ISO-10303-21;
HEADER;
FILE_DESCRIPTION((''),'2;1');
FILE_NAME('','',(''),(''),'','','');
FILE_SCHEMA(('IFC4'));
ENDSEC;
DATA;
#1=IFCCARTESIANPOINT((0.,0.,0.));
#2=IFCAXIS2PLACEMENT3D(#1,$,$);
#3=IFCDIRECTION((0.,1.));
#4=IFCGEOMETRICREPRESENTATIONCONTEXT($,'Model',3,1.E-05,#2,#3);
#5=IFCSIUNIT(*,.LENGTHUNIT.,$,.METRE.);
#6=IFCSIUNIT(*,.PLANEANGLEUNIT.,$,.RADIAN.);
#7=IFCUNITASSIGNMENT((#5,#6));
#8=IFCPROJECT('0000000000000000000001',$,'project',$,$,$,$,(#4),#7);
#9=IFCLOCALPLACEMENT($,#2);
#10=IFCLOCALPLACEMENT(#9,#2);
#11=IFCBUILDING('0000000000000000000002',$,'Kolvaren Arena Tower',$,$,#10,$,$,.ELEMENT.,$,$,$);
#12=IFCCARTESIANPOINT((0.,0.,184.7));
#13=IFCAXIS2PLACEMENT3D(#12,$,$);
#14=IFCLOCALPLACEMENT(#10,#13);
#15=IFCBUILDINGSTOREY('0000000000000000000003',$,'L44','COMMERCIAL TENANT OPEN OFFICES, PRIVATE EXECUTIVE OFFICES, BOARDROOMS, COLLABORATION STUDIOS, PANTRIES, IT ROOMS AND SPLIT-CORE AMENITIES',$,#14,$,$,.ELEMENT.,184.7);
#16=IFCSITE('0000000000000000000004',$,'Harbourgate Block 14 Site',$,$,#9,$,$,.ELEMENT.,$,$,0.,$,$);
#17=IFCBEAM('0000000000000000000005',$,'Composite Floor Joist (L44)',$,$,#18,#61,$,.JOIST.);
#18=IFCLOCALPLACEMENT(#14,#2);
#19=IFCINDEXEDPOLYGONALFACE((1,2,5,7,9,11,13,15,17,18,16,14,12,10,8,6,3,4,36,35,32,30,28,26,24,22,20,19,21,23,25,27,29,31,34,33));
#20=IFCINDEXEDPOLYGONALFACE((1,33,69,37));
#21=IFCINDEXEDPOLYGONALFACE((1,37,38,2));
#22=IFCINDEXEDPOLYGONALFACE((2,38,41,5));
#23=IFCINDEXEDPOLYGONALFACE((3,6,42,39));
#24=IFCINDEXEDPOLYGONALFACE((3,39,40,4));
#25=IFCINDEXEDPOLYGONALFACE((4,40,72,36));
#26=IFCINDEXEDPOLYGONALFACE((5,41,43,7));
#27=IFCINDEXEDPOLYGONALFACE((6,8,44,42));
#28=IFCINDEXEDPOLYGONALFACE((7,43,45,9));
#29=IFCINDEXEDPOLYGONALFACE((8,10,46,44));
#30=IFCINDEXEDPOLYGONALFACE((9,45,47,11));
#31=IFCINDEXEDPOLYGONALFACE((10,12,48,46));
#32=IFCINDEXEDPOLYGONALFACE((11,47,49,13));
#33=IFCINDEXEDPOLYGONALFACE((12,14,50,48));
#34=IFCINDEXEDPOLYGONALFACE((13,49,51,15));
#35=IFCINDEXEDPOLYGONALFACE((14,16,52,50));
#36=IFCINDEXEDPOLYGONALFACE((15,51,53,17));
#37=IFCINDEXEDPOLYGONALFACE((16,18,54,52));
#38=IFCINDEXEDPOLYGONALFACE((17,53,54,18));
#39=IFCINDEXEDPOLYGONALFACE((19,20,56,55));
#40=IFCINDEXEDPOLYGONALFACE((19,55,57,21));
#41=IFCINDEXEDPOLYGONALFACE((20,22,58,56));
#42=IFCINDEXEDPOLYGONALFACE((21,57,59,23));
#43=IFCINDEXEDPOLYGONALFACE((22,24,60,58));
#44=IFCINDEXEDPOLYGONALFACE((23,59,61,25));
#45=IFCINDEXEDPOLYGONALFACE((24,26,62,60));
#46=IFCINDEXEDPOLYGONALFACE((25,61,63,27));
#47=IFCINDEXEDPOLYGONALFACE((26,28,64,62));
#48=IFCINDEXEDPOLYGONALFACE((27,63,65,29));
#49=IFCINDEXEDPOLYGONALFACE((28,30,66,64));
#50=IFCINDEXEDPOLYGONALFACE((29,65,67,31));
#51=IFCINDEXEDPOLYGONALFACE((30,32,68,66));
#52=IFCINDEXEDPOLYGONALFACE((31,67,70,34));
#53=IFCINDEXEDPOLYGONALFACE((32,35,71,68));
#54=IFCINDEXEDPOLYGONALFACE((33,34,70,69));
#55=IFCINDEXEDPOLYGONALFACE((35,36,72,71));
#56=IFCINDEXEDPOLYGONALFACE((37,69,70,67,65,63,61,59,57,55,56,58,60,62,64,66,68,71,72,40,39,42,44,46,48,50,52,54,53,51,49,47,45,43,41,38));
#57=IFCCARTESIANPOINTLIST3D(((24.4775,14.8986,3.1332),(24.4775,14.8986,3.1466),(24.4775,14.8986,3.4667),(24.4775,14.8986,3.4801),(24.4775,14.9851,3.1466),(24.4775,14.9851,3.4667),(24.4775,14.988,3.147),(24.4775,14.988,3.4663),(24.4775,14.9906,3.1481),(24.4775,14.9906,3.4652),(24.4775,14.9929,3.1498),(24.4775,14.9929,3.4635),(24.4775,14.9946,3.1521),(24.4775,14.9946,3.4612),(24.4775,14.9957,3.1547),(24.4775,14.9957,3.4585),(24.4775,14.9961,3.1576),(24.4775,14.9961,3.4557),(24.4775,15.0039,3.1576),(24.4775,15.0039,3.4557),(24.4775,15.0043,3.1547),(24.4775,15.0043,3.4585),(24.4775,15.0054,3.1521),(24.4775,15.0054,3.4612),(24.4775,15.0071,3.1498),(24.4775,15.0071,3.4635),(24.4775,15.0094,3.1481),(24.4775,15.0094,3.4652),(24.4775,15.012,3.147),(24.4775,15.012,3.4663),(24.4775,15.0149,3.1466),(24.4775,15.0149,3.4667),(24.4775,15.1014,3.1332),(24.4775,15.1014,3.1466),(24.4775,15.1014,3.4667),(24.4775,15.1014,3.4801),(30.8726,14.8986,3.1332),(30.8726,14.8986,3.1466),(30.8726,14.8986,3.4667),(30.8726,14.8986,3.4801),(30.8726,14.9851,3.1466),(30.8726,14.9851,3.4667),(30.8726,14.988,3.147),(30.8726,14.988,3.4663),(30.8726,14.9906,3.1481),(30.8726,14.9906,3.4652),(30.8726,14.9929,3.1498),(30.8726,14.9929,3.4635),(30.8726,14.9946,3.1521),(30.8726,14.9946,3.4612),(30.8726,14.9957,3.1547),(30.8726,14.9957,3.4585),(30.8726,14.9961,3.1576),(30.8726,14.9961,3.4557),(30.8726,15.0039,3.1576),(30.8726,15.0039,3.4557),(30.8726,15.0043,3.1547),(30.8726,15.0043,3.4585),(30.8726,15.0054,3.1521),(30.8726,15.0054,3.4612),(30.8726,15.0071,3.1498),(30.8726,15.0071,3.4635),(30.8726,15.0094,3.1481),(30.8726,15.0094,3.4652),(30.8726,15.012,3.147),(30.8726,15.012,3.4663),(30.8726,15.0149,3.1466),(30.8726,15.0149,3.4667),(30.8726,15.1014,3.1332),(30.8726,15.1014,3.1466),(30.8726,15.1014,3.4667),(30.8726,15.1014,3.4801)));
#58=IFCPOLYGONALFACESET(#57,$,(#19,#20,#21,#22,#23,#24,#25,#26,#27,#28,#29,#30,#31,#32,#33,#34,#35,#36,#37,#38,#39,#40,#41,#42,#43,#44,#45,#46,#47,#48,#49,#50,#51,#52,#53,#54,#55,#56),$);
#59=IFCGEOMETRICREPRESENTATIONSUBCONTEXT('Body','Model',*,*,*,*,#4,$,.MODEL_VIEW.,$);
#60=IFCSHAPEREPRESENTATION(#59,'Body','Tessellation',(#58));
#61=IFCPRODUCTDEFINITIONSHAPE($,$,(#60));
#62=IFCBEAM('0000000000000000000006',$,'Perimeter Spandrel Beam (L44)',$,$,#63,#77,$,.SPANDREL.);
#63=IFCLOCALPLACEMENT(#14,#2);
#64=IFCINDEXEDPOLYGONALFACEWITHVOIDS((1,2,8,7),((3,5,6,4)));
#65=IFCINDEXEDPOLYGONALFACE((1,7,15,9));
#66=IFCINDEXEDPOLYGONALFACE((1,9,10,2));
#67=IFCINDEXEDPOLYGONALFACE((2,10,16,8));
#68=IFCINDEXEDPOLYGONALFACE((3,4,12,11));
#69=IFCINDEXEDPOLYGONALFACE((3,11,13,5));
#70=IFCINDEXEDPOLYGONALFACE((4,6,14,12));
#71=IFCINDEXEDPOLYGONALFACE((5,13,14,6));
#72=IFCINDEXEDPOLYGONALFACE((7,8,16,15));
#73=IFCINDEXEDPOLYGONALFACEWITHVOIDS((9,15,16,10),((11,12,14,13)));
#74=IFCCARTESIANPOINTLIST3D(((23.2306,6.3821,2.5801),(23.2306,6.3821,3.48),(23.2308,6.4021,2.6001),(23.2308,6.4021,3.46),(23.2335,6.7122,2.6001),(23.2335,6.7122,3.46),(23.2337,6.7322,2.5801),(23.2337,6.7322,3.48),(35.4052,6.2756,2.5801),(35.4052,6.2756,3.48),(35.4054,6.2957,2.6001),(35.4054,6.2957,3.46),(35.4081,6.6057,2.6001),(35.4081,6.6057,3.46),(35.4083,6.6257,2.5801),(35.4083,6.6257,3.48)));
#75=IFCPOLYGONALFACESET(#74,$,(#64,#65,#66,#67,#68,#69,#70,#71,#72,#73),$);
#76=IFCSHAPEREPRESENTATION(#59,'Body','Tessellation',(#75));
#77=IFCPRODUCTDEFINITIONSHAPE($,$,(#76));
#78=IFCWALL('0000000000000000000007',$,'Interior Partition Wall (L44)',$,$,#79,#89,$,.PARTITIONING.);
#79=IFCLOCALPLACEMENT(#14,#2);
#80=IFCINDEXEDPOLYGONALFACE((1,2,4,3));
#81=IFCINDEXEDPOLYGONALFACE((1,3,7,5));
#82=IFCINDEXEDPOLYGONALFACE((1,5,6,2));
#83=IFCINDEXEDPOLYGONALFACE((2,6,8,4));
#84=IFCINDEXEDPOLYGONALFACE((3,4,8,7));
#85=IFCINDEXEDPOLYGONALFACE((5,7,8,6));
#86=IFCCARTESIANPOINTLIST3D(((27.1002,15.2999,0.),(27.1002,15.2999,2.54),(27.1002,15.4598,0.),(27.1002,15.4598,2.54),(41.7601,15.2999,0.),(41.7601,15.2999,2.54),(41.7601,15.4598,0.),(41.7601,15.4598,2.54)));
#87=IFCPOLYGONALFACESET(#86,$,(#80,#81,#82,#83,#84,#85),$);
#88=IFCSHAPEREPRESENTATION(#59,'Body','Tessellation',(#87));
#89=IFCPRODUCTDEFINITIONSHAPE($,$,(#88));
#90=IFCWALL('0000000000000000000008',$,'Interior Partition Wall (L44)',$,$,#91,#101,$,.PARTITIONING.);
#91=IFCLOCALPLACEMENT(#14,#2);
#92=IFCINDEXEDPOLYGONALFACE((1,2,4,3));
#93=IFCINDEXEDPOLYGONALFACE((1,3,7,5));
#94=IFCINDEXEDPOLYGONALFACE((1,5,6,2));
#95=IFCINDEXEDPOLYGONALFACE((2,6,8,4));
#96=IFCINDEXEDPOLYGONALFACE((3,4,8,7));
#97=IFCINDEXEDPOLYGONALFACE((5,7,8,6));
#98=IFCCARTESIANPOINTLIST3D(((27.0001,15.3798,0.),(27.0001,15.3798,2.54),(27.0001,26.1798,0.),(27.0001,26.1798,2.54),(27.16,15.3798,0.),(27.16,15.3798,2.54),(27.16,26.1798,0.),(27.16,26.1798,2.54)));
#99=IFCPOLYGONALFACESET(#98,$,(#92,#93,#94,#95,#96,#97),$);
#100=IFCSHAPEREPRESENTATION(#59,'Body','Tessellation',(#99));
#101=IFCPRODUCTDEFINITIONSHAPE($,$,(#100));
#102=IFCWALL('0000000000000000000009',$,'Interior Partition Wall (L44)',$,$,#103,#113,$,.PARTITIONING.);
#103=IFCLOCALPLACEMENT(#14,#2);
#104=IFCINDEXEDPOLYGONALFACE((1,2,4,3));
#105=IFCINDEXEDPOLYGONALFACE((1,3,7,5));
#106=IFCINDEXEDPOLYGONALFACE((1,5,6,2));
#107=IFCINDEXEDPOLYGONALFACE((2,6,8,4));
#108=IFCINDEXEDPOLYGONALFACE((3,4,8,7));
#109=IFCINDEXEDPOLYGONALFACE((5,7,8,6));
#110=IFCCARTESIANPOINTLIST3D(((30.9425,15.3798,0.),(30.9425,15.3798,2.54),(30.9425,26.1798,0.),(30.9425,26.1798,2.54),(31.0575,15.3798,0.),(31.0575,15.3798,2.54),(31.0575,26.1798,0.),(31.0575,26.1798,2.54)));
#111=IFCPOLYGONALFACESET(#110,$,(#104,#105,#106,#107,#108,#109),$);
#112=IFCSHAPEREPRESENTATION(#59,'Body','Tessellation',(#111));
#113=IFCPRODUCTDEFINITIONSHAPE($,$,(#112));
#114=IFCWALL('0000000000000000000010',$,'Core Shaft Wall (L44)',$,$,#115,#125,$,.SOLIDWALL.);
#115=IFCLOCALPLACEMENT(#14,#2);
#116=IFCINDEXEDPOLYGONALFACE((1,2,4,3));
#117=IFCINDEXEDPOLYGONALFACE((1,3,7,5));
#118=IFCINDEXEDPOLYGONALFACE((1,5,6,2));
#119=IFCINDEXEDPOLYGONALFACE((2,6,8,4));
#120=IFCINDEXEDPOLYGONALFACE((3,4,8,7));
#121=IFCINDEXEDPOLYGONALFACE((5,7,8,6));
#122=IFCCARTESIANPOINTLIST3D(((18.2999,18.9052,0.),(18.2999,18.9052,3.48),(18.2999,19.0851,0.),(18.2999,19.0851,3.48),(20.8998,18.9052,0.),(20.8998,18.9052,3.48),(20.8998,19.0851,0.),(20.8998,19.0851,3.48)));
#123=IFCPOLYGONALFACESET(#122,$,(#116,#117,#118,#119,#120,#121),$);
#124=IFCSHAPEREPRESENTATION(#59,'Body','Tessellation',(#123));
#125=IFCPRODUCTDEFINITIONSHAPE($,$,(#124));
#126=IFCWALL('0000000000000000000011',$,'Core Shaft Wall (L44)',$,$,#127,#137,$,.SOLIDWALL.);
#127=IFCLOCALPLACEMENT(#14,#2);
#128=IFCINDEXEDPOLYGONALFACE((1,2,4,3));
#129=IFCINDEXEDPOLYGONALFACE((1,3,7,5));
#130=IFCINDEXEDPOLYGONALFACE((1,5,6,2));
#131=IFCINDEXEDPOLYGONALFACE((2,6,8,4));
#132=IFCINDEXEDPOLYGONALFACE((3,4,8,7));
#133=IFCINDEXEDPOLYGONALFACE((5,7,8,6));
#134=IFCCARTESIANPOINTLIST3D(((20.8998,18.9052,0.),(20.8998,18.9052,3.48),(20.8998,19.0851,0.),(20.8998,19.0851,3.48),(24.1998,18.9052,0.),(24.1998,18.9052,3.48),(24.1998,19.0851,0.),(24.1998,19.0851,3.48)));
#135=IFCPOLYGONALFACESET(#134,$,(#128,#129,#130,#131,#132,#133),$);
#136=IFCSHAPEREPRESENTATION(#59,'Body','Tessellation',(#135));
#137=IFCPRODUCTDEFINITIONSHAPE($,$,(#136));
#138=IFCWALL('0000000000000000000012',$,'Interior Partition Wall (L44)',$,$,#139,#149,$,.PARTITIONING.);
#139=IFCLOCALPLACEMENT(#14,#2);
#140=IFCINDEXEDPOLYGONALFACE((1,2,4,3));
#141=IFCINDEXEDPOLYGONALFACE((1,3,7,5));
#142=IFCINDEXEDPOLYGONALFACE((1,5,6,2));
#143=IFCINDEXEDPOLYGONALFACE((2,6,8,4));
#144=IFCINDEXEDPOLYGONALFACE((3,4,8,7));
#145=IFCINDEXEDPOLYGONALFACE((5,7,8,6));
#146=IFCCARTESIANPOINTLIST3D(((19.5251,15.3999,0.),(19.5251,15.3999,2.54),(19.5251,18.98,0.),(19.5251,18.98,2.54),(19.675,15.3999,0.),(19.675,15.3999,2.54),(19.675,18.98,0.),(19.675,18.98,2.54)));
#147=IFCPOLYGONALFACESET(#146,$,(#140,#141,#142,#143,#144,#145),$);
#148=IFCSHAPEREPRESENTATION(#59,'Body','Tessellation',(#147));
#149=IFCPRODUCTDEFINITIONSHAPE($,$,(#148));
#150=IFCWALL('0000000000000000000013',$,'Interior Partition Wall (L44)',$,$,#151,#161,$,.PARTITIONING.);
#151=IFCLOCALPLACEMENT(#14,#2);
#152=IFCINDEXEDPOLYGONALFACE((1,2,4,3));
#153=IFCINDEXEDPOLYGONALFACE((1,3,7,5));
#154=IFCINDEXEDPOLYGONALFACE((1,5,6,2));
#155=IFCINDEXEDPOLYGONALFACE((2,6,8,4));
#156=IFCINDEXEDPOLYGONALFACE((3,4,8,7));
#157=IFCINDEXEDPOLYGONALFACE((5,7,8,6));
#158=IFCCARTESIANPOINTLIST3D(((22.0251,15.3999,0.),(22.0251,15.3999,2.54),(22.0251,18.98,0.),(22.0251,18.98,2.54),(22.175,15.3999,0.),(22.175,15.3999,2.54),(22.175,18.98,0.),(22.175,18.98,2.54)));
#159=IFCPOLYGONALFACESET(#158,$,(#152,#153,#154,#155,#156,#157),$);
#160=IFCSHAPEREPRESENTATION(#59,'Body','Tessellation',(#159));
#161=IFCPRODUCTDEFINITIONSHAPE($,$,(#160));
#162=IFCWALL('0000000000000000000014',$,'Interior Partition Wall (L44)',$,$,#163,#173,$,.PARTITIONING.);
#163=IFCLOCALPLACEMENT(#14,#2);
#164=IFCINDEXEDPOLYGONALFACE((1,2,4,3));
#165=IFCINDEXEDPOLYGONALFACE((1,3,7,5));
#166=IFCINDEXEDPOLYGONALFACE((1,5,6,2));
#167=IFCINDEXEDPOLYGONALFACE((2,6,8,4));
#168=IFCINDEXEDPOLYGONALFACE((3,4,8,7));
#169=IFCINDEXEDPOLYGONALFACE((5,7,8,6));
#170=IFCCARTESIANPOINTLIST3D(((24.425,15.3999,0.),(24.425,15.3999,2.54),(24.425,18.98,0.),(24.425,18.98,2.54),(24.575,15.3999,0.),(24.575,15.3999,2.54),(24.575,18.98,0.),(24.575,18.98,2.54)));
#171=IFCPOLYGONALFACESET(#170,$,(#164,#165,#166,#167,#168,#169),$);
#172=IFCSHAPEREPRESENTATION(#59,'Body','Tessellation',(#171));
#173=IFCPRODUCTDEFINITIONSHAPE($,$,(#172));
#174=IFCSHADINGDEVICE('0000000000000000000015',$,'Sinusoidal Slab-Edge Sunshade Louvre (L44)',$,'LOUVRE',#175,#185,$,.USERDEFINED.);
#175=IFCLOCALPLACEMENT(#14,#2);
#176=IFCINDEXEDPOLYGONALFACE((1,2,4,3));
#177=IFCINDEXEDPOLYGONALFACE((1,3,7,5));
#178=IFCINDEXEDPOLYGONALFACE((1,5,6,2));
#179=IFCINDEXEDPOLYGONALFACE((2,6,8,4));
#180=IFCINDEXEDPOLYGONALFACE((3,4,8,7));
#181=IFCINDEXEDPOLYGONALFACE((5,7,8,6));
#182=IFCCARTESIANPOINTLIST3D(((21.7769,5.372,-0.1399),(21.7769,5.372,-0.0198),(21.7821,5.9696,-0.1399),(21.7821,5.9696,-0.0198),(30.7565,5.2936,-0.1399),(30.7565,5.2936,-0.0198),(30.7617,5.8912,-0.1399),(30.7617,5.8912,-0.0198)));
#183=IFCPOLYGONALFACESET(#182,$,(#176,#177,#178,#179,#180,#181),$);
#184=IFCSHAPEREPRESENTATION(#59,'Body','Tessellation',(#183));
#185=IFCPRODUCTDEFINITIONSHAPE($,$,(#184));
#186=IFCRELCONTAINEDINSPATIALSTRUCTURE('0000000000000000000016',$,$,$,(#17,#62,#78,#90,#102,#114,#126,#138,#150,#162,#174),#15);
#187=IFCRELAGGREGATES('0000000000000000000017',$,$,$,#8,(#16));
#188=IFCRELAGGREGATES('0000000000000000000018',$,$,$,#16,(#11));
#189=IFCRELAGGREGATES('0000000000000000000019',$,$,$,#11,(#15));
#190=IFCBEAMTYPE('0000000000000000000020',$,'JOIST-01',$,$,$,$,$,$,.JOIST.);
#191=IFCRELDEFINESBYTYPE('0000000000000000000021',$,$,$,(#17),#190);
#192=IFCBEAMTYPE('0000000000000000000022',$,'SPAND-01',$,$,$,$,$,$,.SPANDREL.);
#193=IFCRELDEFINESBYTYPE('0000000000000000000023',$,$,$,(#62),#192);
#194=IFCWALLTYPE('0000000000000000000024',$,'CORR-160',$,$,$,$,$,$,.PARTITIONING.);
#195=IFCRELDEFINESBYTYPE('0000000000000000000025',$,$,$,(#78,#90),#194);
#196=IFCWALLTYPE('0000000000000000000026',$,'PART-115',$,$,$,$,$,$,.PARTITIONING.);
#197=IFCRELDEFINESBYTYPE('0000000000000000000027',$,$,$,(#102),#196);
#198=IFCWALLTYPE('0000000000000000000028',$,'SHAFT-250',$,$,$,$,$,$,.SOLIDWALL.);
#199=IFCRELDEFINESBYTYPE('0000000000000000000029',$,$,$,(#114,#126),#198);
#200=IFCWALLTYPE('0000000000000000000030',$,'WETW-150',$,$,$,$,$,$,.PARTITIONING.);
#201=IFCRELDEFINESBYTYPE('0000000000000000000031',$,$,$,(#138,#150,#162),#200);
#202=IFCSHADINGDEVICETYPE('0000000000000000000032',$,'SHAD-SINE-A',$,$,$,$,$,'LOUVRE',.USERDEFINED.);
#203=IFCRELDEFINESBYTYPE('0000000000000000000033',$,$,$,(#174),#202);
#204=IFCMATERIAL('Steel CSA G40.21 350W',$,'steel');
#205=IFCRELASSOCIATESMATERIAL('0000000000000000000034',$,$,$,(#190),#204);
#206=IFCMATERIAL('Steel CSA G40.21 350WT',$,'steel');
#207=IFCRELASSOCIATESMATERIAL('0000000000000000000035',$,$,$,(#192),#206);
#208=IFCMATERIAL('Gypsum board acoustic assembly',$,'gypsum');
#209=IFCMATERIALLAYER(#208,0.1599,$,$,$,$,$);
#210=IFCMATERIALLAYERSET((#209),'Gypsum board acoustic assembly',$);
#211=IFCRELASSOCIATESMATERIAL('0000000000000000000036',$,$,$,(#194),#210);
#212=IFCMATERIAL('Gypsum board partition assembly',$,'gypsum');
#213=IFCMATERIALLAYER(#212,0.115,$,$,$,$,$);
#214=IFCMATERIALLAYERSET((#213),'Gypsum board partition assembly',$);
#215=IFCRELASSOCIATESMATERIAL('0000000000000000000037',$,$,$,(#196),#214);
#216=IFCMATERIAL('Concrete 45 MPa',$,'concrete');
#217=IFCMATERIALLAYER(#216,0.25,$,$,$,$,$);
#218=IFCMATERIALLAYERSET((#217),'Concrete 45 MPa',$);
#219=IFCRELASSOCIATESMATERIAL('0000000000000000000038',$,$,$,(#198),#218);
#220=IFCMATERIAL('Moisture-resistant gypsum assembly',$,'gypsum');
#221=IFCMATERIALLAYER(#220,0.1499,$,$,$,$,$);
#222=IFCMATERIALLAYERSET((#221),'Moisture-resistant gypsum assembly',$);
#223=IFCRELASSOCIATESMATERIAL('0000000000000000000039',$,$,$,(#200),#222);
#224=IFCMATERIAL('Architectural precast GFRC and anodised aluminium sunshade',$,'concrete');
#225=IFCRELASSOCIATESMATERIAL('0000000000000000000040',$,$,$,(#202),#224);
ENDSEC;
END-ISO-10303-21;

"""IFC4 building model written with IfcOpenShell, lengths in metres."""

from ifc_helpers import new_model, si_unit, direction, frame, frame_2d, origin, origin_2d, place, context, subcontext, project, spatial, rectangle, hollow_rectangle, i_section, extrude, material, layer, layer_set, material_profile, profile_set, type_object, element, save


model = new_model("IFC4")

# Units and contexts
model_context = context("Model", 3, precision=1e-05, world=origin(), true_north=direction((0.0, 1.0)))
body_context = subcontext(model_context, "Body", "Model", "MODEL_VIEW")
ifc_project = project(units=[si_unit("LENGTHUNIT", "METRE"), si_unit("PLANEANGLEUNIT", "RADIAN")], contexts=[model_context])

# Site, building, storey
site_placement = place(None, origin())
site = spatial("IfcSite", under=ifc_project, at=site_placement, Name="Harbourgate Block 14 Site", CompositionType="ELEMENT", RefElevation=0.0)
building_placement = place(site_placement, origin())
building = spatial("IfcBuilding", under=site, at=building_placement, Name="Kolvaren Arena Tower", CompositionType="ELEMENT")
storey_placement = place(building_placement, frame((0.0, 0.0, 184.7)))
storey = spatial("IfcBuildingStorey", under=building, at=storey_placement, Name="L44", Description="COMMERCIAL TENANT OPEN OFFICES, PRIVATE EXECUTIVE OFFICES, BOARDROOMS, COLLABORATION STUDIOS, PANTRIES, IT ROOMS AND SPLIT-CORE AMENITIES", CompositionType="ELEMENT", Elevation=184.7)

# Beams
ifc_material_1 = material(Name="Steel CSA G40.21 350W", Category="steel")
ifc_material_profile_1 = material_profile(ifc_material_1, i_section(OverallWidth=0.2029, OverallDepth=0.3469, WebThickness=0.0078, FlangeThickness=0.0134, FilletRadius=0.011, at=origin_2d()), Name="W360x64")
ifc_profile_set_1 = profile_set([ifc_material_profile_1], Name="Steel CSA G40.21 350W")
beam_type_1 = type_object("IfcBeamType", Name="JOIST-01", PredefinedType="JOIST", material=ifc_profile_set_1)
beam_1_placement = place(storey_placement, frame((24.4775, 15.0, 3.3066), z_axis=(1.0, 0.0, 0.0), x_axis=(0.0, 1.0, 0.0)))
element("IfcBeam", 1, at=beam_1_placement, inside=storey, type_object=beam_type_1, Name="Composite Floor Joist (L44)", PredefinedType="JOIST", context=body_context, shape_type="SweptSolid", body=[
    extrude(i_section(OverallWidth=0.2029, OverallDepth=0.3469, WebThickness=0.0078, FlangeThickness=0.0134, FilletRadius=0.011, at=origin_2d()), origin(), (0.0, 0.0, 1.0), 6.395),
])
ifc_material_2 = material(Name="Steel CSA G40.21 350WT", Category="steel")
ifc_material_profile_2 = material_profile(ifc_material_2, hollow_rectangle(XDim=0.3501, YDim=0.8999, WallThickness=0.02, at=origin_2d()), Name="HSS 900x350x20")
ifc_profile_set_2 = profile_set([ifc_material_profile_2], Name="Steel CSA G40.21 350WT")
beam_type_2 = type_object("IfcBeamType", Name="SPAND-01", PredefinedType="SPANDREL", material=ifc_profile_set_2)
beam_2_placement = place(storey_placement, frame((23.2322, 6.5571, 3.03), z_axis=(0.999962, -0.008743, 0.0), x_axis=(0.008743, 0.999962, 0.0)))
element("IfcBeam", 2, at=beam_2_placement, inside=storey, type_object=beam_type_2, Name="Perimeter Spandrel Beam (L44)", PredefinedType="SPANDREL", context=body_context, shape_type="SweptSolid", body=[
    extrude(hollow_rectangle(XDim=0.3501, YDim=0.8999, WallThickness=0.02, at=origin_2d()), origin(), (0.0, 0.0, 1.0), 12.175),
])

# Walls
ifc_material_3 = material(Name="Gypsum board acoustic assembly", Category="gypsum")
ifc_layer_1 = layer(ifc_material_3, 0.1599)
ifc_layer_set_1 = layer_set([ifc_layer_1], Name="Gypsum board acoustic assembly")
wall_type_1 = type_object("IfcWallType", Name="CORR-160", PredefinedType="PARTITIONING", material=ifc_layer_set_1)
wall_1_placement = place(storey_placement, frame((27.1001, 15.3799, 0.0), z_axis=(0.0, 0.0, 1.0), x_axis=(1.0, 0.0, 0.0)))
element("IfcWall", 3, at=wall_1_placement, inside=storey, type_object=wall_type_1, Name="Interior Partition Wall (L44)", PredefinedType="PARTITIONING", context=body_context, shape_type="SweptSolid", body=[
    extrude(rectangle(XDim=14.6599, YDim=0.1599, at=frame_2d((7.3301, 0.0))), origin(), (0.0, 0.0, 1.0), 2.54),
])
wall_2_placement = place(storey_placement, frame((27.0801, 15.3799, 0.0), z_axis=(0.0, 0.0, 1.0), x_axis=(0.0, 1.0, 0.0)))
element("IfcWall", 4, at=wall_2_placement, inside=storey, type_object=wall_type_1, Name="Interior Partition Wall (L44)", PredefinedType="PARTITIONING", context=body_context, shape_type="SweptSolid", body=[
    extrude(rectangle(XDim=10.8, YDim=0.1599, at=frame_2d((5.3999, 0.0))), origin(), (0.0, 0.0, 1.0), 2.54),
])
ifc_material_4 = material(Name="Gypsum board partition assembly", Category="gypsum")
ifc_layer_2 = layer(ifc_material_4, 0.115)
ifc_layer_set_2 = layer_set([ifc_layer_2], Name="Gypsum board partition assembly")
wall_type_2 = type_object("IfcWallType", Name="PART-115", PredefinedType="PARTITIONING", material=ifc_layer_set_2)
wall_3_placement = place(storey_placement, frame((31.0, 15.3799, 0.0), z_axis=(0.0, 0.0, 1.0), x_axis=(0.0, 1.0, 0.0)))
element("IfcWall", 5, at=wall_3_placement, inside=storey, type_object=wall_type_2, Name="Interior Partition Wall (L44)", PredefinedType="PARTITIONING", context=body_context, shape_type="SweptSolid", body=[
    extrude(rectangle(XDim=10.8, YDim=0.115, at=frame_2d((5.3999, 0.0))), origin(), (0.0, 0.0, 1.0), 2.54),
])
ifc_material_5 = material(Name="Concrete 45 MPa", Category="concrete")
ifc_layer_3 = layer(ifc_material_5, 0.25)
ifc_layer_set_3 = layer_set([ifc_layer_3], Name="Concrete 45 MPa")
wall_type_3 = type_object("IfcWallType", Name="SHAFT-250", PredefinedType="SOLIDWALL", material=ifc_layer_set_3)
wall_4_placement = place(storey_placement, frame((18.3, 18.9951, 0.0), z_axis=(0.0, 0.0, 1.0), x_axis=(1.0, 0.0, 0.0)))
element("IfcWall", 6, at=wall_4_placement, inside=storey, type_object=wall_type_3, Name="Core Shaft Wall (L44)", PredefinedType="SOLIDWALL", context=body_context, shape_type="SweptSolid", body=[
    extrude(rectangle(XDim=2.5999, YDim=0.1799, at=frame_2d((1.2998, 0.0))), origin(), (0.0, 0.0, 1.0), 3.48),
])
wall_5_placement = place(storey_placement, frame((20.8999, 18.9951, 0.0), z_axis=(0.0, 0.0, 1.0), x_axis=(1.0, 0.0, 0.0)))
element("IfcWall", 7, at=wall_5_placement, inside=storey, type_object=wall_type_3, Name="Core Shaft Wall (L44)", PredefinedType="SOLIDWALL", context=body_context, shape_type="SweptSolid", body=[
    extrude(rectangle(XDim=3.3, YDim=0.1799, at=frame_2d((1.6499, 0.0))), origin(), (0.0, 0.0, 1.0), 3.48),
])
ifc_material_6 = material(Name="Moisture-resistant gypsum assembly", Category="gypsum")
ifc_layer_4 = layer(ifc_material_6, 0.1499)
ifc_layer_set_4 = layer_set([ifc_layer_4], Name="Moisture-resistant gypsum assembly")
wall_type_4 = type_object("IfcWallType", Name="WETW-150", PredefinedType="PARTITIONING", material=ifc_layer_set_4)
for number, where, z_axis, x_axis, name in (
    (8, (19.6001, 15.3999, 0.0), (0.0, 0.0, 1.0), (0.0, 1.0, 0.0), "Interior Partition Wall (L44)"),
    (9, (22.1001, 15.3999, 0.0), (0.0, 0.0, 1.0), (0.0, 1.0, 0.0), "Interior Partition Wall (L44)"),
    (10, (24.5, 15.3999, 0.0), (0.0, 0.0, 1.0), (0.0, 1.0, 0.0), "Interior Partition Wall (L44)"),
):
    element("IfcWall", number, at=place(storey_placement, frame(where, z_axis=z_axis, x_axis=x_axis)), inside=storey, type_object=wall_type_4, Name=name, PredefinedType="PARTITIONING", context=body_context, shape_type="SweptSolid", body=[
        extrude(rectangle(XDim=3.5801, YDim=0.1499, at=frame_2d((1.79, 0.0))), origin(), (0.0, 0.0, 1.0), 2.54),
    ])

# Shading device
ifc_material_7 = material(Name="Architectural precast GFRC and anodised aluminium sunshade", Category="concrete")
shading_device_type = type_object("IfcShadingDeviceType", Name="SHAD-SINE-A", ElementType="LOUVRE", PredefinedType="USERDEFINED", material=ifc_material_7)
shading_device_placement = place(storey_placement, frame((26.2693, 5.6316, -0.1399), z_axis=(0.0, 0.0, 1.0), x_axis=(-0.999962, 0.008727, 0.0)))
element("IfcShadingDevice", 11, at=shading_device_placement, inside=storey, type_object=shading_device_type, Name="Sinusoidal Slab-Edge Sunshade Louvre (L44)", ObjectType="LOUVRE", PredefinedType="USERDEFINED", context=body_context, shape_type="SweptSolid", body=[
    extrude(rectangle(XDim=8.98, YDim=0.5977, at=origin_2d()), origin(), (0.0, 0.0, 1.0), 0.1201),
])

save(model, "model.ifc")
